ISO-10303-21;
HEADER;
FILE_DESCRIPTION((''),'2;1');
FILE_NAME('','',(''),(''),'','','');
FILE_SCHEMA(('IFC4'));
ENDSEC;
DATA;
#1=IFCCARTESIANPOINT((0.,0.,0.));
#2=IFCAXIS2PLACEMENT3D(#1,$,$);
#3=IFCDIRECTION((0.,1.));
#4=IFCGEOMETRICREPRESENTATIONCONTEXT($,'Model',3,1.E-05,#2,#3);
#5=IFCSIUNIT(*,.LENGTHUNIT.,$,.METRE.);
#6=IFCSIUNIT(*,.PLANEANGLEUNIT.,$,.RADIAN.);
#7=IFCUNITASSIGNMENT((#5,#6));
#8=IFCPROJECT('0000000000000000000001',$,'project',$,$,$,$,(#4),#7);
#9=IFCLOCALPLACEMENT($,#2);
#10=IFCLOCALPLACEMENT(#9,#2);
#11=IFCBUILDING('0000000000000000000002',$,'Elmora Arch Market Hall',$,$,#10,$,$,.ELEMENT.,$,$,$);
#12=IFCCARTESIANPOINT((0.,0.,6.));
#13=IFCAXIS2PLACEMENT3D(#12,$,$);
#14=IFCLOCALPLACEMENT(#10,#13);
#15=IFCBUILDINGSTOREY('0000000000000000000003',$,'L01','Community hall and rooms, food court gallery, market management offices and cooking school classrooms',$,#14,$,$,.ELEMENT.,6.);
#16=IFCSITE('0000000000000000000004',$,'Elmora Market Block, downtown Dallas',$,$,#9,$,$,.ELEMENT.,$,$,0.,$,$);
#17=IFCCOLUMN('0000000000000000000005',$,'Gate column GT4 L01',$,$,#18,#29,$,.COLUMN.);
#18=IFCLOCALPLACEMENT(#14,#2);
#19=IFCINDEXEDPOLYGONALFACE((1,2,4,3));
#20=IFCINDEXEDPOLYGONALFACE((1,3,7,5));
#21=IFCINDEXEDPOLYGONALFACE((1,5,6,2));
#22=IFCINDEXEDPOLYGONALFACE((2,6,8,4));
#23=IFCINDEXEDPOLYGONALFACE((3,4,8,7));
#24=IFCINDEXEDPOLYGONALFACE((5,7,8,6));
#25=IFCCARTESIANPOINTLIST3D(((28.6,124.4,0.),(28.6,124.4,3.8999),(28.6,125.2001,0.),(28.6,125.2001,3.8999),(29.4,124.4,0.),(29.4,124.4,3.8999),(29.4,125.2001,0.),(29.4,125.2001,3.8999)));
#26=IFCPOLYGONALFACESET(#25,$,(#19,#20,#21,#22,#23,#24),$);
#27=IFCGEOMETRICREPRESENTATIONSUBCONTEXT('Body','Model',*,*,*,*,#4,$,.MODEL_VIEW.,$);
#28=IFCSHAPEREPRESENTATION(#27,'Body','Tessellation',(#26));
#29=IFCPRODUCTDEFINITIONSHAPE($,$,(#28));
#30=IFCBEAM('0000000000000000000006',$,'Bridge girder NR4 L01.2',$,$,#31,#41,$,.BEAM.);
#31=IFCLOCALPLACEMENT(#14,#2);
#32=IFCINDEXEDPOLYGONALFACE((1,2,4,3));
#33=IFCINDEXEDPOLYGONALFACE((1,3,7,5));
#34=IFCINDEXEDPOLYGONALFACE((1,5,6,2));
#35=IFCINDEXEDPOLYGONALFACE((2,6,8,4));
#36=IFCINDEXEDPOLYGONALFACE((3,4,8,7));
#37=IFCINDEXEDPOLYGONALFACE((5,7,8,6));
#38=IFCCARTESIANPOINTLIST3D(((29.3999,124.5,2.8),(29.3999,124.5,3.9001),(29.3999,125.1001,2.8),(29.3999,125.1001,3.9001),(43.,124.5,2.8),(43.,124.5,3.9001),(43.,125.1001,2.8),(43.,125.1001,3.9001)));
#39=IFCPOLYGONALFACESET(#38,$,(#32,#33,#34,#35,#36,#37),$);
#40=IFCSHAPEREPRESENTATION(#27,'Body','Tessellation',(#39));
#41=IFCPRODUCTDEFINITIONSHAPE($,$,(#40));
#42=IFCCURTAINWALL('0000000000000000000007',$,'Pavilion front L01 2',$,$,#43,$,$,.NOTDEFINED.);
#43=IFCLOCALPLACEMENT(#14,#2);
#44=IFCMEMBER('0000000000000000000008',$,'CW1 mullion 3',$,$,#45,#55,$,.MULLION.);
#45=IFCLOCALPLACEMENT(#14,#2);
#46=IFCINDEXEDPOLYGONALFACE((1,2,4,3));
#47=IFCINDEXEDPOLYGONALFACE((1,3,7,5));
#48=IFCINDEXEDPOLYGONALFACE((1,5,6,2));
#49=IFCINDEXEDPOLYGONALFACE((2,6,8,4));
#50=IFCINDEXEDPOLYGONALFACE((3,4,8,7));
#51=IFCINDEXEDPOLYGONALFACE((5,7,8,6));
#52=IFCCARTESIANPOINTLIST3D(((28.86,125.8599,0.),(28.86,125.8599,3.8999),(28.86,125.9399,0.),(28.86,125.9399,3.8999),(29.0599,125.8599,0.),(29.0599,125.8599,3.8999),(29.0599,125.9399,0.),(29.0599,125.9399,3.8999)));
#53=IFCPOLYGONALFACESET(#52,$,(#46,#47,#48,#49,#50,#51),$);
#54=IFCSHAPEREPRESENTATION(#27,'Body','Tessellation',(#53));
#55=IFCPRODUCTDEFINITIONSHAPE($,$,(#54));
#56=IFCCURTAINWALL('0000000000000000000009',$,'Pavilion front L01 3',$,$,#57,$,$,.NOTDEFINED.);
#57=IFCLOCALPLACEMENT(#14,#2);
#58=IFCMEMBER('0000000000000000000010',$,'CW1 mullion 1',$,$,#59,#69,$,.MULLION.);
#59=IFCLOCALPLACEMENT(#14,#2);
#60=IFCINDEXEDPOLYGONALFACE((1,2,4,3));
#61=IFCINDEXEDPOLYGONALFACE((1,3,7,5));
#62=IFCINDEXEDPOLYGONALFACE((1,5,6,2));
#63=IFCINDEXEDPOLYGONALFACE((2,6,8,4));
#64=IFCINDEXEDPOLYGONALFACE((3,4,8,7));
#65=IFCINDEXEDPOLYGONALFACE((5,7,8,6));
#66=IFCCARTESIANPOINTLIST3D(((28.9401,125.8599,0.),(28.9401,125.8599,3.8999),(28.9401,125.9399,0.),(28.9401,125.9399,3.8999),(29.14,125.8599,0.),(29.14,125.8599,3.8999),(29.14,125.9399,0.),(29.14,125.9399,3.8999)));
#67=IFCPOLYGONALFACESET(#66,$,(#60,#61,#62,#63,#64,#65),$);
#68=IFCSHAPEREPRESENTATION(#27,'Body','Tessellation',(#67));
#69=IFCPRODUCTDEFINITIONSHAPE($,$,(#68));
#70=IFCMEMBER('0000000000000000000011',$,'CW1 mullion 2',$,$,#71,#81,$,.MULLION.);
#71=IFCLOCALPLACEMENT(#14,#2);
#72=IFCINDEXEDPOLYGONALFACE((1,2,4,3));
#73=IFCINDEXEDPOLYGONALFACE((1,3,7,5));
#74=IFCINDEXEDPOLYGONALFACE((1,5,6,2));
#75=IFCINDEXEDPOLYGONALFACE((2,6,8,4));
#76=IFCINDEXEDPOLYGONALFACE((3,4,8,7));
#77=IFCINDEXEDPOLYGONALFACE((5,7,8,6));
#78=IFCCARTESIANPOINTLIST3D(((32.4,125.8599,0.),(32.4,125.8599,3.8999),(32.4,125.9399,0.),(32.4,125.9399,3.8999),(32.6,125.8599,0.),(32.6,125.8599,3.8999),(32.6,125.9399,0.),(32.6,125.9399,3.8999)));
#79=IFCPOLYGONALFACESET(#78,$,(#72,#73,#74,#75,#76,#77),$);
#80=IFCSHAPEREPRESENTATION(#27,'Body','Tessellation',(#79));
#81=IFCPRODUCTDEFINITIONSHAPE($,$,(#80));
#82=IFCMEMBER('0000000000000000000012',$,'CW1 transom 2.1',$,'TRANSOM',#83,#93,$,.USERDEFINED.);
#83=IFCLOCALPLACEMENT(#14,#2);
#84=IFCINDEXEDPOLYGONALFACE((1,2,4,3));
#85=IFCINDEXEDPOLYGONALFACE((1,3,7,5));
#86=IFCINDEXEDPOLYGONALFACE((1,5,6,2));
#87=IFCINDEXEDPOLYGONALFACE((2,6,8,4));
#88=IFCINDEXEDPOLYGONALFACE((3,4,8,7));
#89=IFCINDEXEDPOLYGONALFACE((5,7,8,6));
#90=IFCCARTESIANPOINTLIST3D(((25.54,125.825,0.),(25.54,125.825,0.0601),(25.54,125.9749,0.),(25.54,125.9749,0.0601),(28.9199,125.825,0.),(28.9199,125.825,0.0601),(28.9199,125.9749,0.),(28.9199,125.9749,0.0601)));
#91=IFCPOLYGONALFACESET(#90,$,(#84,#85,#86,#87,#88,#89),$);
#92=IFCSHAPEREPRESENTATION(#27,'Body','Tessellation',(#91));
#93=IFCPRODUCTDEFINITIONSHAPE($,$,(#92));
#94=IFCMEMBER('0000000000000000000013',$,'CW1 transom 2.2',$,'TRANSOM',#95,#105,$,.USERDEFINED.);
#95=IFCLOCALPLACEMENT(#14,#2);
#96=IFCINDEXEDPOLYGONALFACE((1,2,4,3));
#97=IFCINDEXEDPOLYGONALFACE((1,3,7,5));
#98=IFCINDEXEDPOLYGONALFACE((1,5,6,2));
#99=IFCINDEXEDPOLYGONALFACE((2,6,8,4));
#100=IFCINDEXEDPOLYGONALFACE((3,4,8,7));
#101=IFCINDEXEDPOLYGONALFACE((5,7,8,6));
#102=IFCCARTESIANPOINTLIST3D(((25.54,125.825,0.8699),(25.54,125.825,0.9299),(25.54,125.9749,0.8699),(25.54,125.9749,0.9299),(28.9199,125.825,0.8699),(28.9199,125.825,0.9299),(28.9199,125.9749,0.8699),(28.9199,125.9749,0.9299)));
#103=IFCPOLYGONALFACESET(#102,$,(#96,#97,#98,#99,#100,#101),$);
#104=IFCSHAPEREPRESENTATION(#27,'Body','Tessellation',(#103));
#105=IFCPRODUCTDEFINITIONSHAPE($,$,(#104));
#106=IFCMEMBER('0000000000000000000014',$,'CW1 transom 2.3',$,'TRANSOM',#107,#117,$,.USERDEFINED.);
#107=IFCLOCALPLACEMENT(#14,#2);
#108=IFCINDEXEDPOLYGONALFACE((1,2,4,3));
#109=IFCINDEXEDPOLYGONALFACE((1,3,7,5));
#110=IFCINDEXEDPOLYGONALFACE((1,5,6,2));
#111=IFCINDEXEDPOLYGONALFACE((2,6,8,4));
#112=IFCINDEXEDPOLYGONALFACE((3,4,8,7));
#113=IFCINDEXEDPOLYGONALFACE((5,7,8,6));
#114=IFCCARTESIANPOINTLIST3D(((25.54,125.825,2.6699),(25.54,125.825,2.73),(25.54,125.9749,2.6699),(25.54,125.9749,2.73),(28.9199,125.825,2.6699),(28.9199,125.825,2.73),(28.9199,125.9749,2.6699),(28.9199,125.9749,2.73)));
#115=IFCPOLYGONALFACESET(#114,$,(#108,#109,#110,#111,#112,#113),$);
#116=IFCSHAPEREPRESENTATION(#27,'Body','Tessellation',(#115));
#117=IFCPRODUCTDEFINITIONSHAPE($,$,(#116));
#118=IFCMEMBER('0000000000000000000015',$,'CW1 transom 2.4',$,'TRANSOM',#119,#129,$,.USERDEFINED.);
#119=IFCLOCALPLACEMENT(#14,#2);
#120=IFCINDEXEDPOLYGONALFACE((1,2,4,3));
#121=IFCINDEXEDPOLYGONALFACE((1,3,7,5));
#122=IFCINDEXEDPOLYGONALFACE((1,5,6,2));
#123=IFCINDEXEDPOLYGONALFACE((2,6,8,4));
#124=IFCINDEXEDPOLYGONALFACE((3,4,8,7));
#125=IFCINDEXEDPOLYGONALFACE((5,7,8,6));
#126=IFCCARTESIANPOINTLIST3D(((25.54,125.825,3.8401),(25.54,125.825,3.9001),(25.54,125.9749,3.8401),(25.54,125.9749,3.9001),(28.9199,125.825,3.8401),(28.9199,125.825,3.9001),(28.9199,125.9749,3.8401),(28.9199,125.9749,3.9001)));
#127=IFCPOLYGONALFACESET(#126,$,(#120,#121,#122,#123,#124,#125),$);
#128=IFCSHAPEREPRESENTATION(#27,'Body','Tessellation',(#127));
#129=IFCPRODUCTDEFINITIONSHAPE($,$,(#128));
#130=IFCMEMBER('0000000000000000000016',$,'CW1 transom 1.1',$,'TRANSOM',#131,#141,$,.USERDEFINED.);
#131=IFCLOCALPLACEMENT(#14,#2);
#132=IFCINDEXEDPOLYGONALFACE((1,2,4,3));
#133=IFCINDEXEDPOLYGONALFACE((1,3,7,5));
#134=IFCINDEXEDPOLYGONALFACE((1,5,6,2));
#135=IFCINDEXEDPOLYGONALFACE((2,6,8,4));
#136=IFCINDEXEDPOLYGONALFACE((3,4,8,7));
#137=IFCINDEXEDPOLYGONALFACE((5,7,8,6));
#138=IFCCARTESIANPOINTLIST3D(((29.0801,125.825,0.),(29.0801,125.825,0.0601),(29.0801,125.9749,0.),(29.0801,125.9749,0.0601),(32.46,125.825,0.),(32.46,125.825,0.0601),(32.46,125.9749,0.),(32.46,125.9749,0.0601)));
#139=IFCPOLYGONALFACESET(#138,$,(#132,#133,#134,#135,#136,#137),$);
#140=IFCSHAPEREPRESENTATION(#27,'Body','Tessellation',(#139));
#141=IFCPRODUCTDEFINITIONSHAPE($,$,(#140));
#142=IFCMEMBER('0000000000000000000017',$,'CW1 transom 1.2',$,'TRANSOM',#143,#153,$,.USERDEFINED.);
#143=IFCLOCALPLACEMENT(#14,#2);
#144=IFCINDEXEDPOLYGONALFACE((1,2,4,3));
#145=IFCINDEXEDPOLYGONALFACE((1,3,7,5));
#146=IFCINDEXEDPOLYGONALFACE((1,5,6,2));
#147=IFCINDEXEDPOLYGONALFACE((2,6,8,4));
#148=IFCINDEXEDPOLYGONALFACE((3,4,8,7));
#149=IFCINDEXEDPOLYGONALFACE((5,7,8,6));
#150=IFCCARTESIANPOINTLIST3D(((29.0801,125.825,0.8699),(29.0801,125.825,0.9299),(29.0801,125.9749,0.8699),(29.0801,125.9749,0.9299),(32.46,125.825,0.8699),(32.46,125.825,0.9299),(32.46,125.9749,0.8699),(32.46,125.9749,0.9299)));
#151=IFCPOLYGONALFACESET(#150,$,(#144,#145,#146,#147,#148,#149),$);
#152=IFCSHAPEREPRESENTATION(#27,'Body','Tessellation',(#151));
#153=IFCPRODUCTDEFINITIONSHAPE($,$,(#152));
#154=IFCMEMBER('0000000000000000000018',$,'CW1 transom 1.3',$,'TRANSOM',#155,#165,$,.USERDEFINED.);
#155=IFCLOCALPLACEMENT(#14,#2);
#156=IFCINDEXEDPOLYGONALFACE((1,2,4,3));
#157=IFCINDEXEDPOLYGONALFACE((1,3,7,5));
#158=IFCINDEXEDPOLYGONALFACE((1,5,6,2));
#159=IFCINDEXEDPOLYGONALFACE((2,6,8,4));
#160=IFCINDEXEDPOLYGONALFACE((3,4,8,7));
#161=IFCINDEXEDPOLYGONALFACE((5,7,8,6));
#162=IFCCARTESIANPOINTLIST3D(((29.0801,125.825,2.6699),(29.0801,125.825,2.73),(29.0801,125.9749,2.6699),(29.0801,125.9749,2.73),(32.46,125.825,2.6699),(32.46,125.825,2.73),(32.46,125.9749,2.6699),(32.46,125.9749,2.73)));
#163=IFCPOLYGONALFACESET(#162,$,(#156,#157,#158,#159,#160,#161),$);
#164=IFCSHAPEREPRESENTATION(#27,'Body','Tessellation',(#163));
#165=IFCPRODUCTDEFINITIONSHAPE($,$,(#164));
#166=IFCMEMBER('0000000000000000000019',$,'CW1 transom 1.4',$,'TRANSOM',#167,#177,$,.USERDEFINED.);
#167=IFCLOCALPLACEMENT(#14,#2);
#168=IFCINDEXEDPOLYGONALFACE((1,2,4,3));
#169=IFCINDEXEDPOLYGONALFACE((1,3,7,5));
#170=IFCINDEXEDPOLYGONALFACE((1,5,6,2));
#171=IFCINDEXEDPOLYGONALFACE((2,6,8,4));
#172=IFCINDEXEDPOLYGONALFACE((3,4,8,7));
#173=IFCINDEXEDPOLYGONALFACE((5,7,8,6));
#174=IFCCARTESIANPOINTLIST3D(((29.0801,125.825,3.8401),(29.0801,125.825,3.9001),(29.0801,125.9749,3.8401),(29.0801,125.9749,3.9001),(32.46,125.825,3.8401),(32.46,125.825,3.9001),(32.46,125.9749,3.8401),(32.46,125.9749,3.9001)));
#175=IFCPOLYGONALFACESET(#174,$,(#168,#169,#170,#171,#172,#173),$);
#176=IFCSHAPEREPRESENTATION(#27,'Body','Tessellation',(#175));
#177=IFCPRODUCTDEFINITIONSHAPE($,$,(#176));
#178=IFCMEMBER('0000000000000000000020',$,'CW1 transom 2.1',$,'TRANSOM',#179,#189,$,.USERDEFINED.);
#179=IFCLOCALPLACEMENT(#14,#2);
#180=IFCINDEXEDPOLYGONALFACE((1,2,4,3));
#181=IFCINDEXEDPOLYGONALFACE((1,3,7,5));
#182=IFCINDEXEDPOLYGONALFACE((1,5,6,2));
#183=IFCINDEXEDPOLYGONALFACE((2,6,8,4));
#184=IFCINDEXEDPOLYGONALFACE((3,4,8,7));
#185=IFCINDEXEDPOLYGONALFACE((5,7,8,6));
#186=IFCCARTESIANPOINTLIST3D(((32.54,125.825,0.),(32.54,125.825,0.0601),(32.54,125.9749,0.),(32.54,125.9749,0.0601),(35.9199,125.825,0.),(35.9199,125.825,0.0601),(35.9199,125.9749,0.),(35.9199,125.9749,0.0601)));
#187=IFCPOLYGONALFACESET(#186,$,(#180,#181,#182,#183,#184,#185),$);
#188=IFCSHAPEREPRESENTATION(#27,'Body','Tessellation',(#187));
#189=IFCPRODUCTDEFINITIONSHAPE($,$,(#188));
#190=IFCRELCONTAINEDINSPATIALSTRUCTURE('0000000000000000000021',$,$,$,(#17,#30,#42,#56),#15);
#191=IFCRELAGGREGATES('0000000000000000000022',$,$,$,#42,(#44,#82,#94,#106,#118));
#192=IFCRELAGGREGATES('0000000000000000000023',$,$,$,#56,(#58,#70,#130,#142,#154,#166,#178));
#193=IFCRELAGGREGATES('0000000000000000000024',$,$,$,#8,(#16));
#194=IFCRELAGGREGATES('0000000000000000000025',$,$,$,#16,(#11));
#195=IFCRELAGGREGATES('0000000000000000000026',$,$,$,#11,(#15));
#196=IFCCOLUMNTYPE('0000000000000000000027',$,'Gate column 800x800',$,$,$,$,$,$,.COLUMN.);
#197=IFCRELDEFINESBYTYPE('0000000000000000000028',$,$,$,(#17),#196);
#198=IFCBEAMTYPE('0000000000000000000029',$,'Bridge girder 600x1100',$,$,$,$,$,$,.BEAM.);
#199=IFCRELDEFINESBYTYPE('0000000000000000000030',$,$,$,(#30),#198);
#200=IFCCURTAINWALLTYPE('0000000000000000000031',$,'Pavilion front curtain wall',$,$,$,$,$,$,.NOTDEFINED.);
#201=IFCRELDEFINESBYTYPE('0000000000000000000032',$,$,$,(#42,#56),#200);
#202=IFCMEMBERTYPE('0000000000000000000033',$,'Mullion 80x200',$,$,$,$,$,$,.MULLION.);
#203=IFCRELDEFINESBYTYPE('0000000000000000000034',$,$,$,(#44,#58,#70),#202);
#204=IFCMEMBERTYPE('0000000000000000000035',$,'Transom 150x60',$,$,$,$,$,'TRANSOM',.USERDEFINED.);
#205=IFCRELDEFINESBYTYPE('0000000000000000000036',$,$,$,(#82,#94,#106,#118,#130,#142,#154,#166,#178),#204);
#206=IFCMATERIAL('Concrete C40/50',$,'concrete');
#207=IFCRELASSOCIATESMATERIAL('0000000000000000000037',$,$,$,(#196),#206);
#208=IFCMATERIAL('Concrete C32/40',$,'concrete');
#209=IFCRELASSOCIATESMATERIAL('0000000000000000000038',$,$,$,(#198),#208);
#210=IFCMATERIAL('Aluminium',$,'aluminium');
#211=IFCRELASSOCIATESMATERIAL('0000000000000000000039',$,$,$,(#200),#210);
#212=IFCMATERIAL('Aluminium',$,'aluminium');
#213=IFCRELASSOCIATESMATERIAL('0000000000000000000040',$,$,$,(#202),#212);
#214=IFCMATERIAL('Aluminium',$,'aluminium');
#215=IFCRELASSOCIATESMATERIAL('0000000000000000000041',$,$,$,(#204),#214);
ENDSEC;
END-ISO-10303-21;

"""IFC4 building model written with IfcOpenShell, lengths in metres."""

from ifc_helpers import new_model, si_unit, direction, frame, origin, origin_2d, place, context, subcontext, project, spatial, rectangle, extrude, material, material_profile, profile_set, type_object, element, aggregate, save


model = new_model("IFC4")

# Units and contexts
model_context = context("Model", 3, precision=1e-05, world=origin(), true_north=direction((0.0, 1.0)))
body_context = subcontext(model_context, "Body", "Model", "MODEL_VIEW")
ifc_project = project(units=[si_unit("LENGTHUNIT", "METRE"), si_unit("PLANEANGLEUNIT", "RADIAN")], contexts=[model_context])

# Site, building, storey
site_placement = place(None, origin())
site = spatial("IfcSite", under=ifc_project, at=site_placement, Name="Elmora Market Block, downtown Dallas", CompositionType="ELEMENT", RefElevation=0.0)
building_placement = place(site_placement, origin())
building = spatial("IfcBuilding", under=site, at=building_placement, Name="Elmora Arch Market Hall", CompositionType="ELEMENT")
storey_placement = place(building_placement, frame((0.0, 0.0, 6.0)))
storey = spatial("IfcBuildingStorey", under=building, at=storey_placement, Name="L01", Description="Community hall and rooms, food court gallery, market management offices and cooking school classrooms", CompositionType="ELEMENT", Elevation=6.0)

# Column
ifc_material_1 = material(Name="Concrete C40/50", Category="concrete")
ifc_material_profile_1 = material_profile(ifc_material_1, rectangle(XDim=0.8, YDim=0.8, at=origin_2d()), Name="Gate column 800x800")
ifc_profile_set_1 = profile_set([ifc_material_profile_1], Name="Concrete C40/50")
column_type = type_object("IfcColumnType", Name="Gate column 800x800", PredefinedType="COLUMN", material=ifc_profile_set_1)
column_placement = place(storey_placement, frame((29.0, 124.8, 0.0), z_axis=(0.0, 0.0, 1.0), x_axis=(1.0, 0.0, 0.0)))
element("IfcColumn", 1, at=column_placement, inside=storey, type_object=column_type, Name="Gate column GT4 L01", PredefinedType="COLUMN", context=body_context, shape_type="SweptSolid", body=[
    extrude(rectangle(XDim=0.8, YDim=0.8, at=origin_2d()), origin(), (0.0, 0.0, 1.0), 3.8999),
])

# Beam
ifc_material_2 = material(Name="Concrete C32/40", Category="concrete")
ifc_material_profile_2 = material_profile(ifc_material_2, rectangle(XDim=0.6001, YDim=1.1001, at=origin_2d()), Name="Bridge girder 600x1100")
ifc_profile_set_2 = profile_set([ifc_material_profile_2], Name="Concrete C32/40")
beam_type = type_object("IfcBeamType", Name="Bridge girder 600x1100", PredefinedType="BEAM", material=ifc_profile_set_2)
beam_placement = place(storey_placement, frame((29.3999, 124.8, 3.3501), z_axis=(1.0, 0.0, 0.0), x_axis=(0.0, 1.0, 0.0)))
element("IfcBeam", 2, at=beam_placement, inside=storey, type_object=beam_type, Name="Bridge girder NR4 L01.2", PredefinedType="BEAM", context=body_context, shape_type="SweptSolid", body=[
    extrude(rectangle(XDim=0.6001, YDim=1.1001, at=origin_2d()), origin(), (0.0, 0.0, 1.0), 13.6001),
])

# Curtain wall, member
ifc_material_3 = material(Name="Aluminium", Category="aluminium")
curtain_wall_type = type_object("IfcCurtainWallType", Name="Pavilion front curtain wall", PredefinedType="NOTDEFINED", material=ifc_material_3)
curtain_wall_1_placement = place(storey_placement, origin())
curtain_wall_1 = element("IfcCurtainWall", 3, at=curtain_wall_1_placement, inside=storey, type_object=curtain_wall_type, Name="Pavilion front L01 2", PredefinedType="NOTDEFINED")
ifc_material_4 = material(Name="Aluminium", Category="aluminium")
ifc_material_profile_3 = material_profile(ifc_material_4, rectangle(XDim=0.0801, YDim=0.2, at=origin_2d()), Name="AL 80x200")
ifc_profile_set_3 = profile_set([ifc_material_profile_3], Name="Aluminium")
member_type_1 = type_object("IfcMemberType", Name="Mullion 80x200", PredefinedType="MULLION", material=ifc_profile_set_3)
member_1_placement = place(storey_placement, frame((28.96, 125.8999, 0.0), z_axis=(0.0, 0.0, 1.0), x_axis=(0.0, 1.0, 0.0)))
member_1 = element("IfcMember", 4, at=member_1_placement, type_object=member_type_1, Name="CW1 mullion 3", PredefinedType="MULLION", context=body_context, shape_type="SweptSolid", body=[
    extrude(rectangle(XDim=0.0801, YDim=0.2, at=origin_2d()), origin(), (0.0, 0.0, 1.0), 3.8999),
])

# Curtain wall, members
curtain_wall_2_placement = place(storey_placement, origin())
curtain_wall_2 = element("IfcCurtainWall", 5, at=curtain_wall_2_placement, inside=storey, type_object=curtain_wall_type, Name="Pavilion front L01 3", PredefinedType="NOTDEFINED")
member_2_placement = place(storey_placement, frame((29.04, 125.8999, 0.0), z_axis=(0.0, 0.0, 1.0), x_axis=(0.0, 1.0, 0.0)))
member_2 = element("IfcMember", 6, at=member_2_placement, type_object=member_type_1, Name="CW1 mullion 1", PredefinedType="MULLION", context=body_context, shape_type="SweptSolid", body=[
    extrude(rectangle(XDim=0.0801, YDim=0.2, at=origin_2d()), origin(), (0.0, 0.0, 1.0), 3.8999),
])
member_3_placement = place(storey_placement, frame((32.5, 125.8999, 0.0), z_axis=(0.0, 0.0, 1.0), x_axis=(0.0, 1.0, 0.0)))
member_3 = element("IfcMember", 7, at=member_3_placement, type_object=member_type_1, Name="CW1 mullion 2", PredefinedType="MULLION", context=body_context, shape_type="SweptSolid", body=[
    extrude(rectangle(XDim=0.0801, YDim=0.2, at=origin_2d()), origin(), (0.0, 0.0, 1.0), 3.8999),
])

# Members
ifc_material_5 = material(Name="Aluminium", Category="aluminium")
ifc_material_profile_4 = material_profile(ifc_material_5, rectangle(XDim=0.1499, YDim=0.0601, at=origin_2d()), Name="AL 150x60")
ifc_profile_set_4 = profile_set([ifc_material_profile_4], Name="Aluminium")
member_type_2 = type_object("IfcMemberType", Name="Transom 150x60", ElementType="TRANSOM", PredefinedType="USERDEFINED", material=ifc_profile_set_4)
member_4_placement = place(storey_placement, frame((25.54, 125.8999, 0.03), z_axis=(1.0, 0.0, 0.0), x_axis=(0.0, 1.0, 0.0)))
member_4 = element("IfcMember", 8, at=member_4_placement, type_object=member_type_2, Name="CW1 transom 2.1", ObjectType="TRANSOM", PredefinedType="USERDEFINED", context=body_context, shape_type="SweptSolid", body=[
    extrude(rectangle(XDim=0.1499, YDim=0.0601, at=origin_2d()), origin(), (0.0, 0.0, 1.0), 3.3799),
])
member_5_placement = place(storey_placement, frame((25.54, 125.8999, 0.8999), z_axis=(1.0, 0.0, 0.0), x_axis=(0.0, 1.0, 0.0)))
member_5 = element("IfcMember", 9, at=member_5_placement, type_object=member_type_2, Name="CW1 transom 2.2", ObjectType="TRANSOM", PredefinedType="USERDEFINED", context=body_context, shape_type="SweptSolid", body=[
    extrude(rectangle(XDim=0.1499, YDim=0.0601, at=origin_2d()), origin(), (0.0, 0.0, 1.0), 3.3799),
])
member_6_placement = place(storey_placement, frame((25.54, 125.8999, 2.7), z_axis=(1.0, 0.0, 0.0), x_axis=(0.0, 1.0, 0.0)))
member_6 = element("IfcMember", 10, at=member_6_placement, type_object=member_type_2, Name="CW1 transom 2.3", ObjectType="TRANSOM", PredefinedType="USERDEFINED", context=body_context, shape_type="SweptSolid", body=[
    extrude(rectangle(XDim=0.1499, YDim=0.0601, at=origin_2d()), origin(), (0.0, 0.0, 1.0), 3.3799),
])
member_7_placement = place(storey_placement, frame((25.54, 125.8999, 3.8701), z_axis=(1.0, 0.0, 0.0), x_axis=(0.0, 1.0, 0.0)))
member_7 = element("IfcMember", 11, at=member_7_placement, type_object=member_type_2, Name="CW1 transom 2.4", ObjectType="TRANSOM", PredefinedType="USERDEFINED", context=body_context, shape_type="SweptSolid", body=[
    extrude(rectangle(XDim=0.1499, YDim=0.0601, at=origin_2d()), origin(), (0.0, 0.0, 1.0), 3.3799),
])
member_8_placement = place(storey_placement, frame((29.0801, 125.8999, 0.03), z_axis=(1.0, 0.0, 0.0), x_axis=(0.0, 1.0, 0.0)))
member_8 = element("IfcMember", 12, at=member_8_placement, type_object=member_type_2, Name="CW1 transom 1.1", ObjectType="TRANSOM", PredefinedType="USERDEFINED", context=body_context, shape_type="SweptSolid", body=[
    extrude(rectangle(XDim=0.1499, YDim=0.0601, at=origin_2d()), origin(), (0.0, 0.0, 1.0), 3.3799),
])
member_9_placement = place(storey_placement, frame((29.0801, 125.8999, 0.8999), z_axis=(1.0, 0.0, 0.0), x_axis=(0.0, 1.0, 0.0)))
member_9 = element("IfcMember", 13, at=member_9_placement, type_object=member_type_2, Name="CW1 transom 1.2", ObjectType="TRANSOM", PredefinedType="USERDEFINED", context=body_context, shape_type="SweptSolid", body=[
    extrude(rectangle(XDim=0.1499, YDim=0.0601, at=origin_2d()), origin(), (0.0, 0.0, 1.0), 3.3799),
])
member_10_placement = place(storey_placement, frame((29.0801, 125.8999, 2.7), z_axis=(1.0, 0.0, 0.0), x_axis=(0.0, 1.0, 0.0)))
member_10 = element("IfcMember", 14, at=member_10_placement, type_object=member_type_2, Name="CW1 transom 1.3", ObjectType="TRANSOM", PredefinedType="USERDEFINED", context=body_context, shape_type="SweptSolid", body=[
    extrude(rectangle(XDim=0.1499, YDim=0.0601, at=origin_2d()), origin(), (0.0, 0.0, 1.0), 3.3799),
])
member_11_placement = place(storey_placement, frame((29.0801, 125.8999, 3.8701), z_axis=(1.0, 0.0, 0.0), x_axis=(0.0, 1.0, 0.0)))
member_11 = element("IfcMember", 15, at=member_11_placement, type_object=member_type_2, Name="CW1 transom 1.4", ObjectType="TRANSOM", PredefinedType="USERDEFINED", context=body_context, shape_type="SweptSolid", body=[
    extrude(rectangle(XDim=0.1499, YDim=0.0601, at=origin_2d()), origin(), (0.0, 0.0, 1.0), 3.3799),
])
member_12_placement = place(storey_placement, frame((32.54, 125.8999, 0.03), z_axis=(1.0, 0.0, 0.0), x_axis=(0.0, 1.0, 0.0)))
member_12 = element("IfcMember", 16, at=member_12_placement, type_object=member_type_2, Name="CW1 transom 2.1", ObjectType="TRANSOM", PredefinedType="USERDEFINED", context=body_context, shape_type="SweptSolid", body=[
    extrude(rectangle(XDim=0.1499, YDim=0.0601, at=origin_2d()), origin(), (0.0, 0.0, 1.0), 3.3799),
])

aggregate(curtain_wall_1, [member_1, member_4, member_5, member_6, member_7])
aggregate(curtain_wall_2, [member_2, member_3, member_8, member_9, member_10, member_11, member_12])

save(model, "model.ifc")
